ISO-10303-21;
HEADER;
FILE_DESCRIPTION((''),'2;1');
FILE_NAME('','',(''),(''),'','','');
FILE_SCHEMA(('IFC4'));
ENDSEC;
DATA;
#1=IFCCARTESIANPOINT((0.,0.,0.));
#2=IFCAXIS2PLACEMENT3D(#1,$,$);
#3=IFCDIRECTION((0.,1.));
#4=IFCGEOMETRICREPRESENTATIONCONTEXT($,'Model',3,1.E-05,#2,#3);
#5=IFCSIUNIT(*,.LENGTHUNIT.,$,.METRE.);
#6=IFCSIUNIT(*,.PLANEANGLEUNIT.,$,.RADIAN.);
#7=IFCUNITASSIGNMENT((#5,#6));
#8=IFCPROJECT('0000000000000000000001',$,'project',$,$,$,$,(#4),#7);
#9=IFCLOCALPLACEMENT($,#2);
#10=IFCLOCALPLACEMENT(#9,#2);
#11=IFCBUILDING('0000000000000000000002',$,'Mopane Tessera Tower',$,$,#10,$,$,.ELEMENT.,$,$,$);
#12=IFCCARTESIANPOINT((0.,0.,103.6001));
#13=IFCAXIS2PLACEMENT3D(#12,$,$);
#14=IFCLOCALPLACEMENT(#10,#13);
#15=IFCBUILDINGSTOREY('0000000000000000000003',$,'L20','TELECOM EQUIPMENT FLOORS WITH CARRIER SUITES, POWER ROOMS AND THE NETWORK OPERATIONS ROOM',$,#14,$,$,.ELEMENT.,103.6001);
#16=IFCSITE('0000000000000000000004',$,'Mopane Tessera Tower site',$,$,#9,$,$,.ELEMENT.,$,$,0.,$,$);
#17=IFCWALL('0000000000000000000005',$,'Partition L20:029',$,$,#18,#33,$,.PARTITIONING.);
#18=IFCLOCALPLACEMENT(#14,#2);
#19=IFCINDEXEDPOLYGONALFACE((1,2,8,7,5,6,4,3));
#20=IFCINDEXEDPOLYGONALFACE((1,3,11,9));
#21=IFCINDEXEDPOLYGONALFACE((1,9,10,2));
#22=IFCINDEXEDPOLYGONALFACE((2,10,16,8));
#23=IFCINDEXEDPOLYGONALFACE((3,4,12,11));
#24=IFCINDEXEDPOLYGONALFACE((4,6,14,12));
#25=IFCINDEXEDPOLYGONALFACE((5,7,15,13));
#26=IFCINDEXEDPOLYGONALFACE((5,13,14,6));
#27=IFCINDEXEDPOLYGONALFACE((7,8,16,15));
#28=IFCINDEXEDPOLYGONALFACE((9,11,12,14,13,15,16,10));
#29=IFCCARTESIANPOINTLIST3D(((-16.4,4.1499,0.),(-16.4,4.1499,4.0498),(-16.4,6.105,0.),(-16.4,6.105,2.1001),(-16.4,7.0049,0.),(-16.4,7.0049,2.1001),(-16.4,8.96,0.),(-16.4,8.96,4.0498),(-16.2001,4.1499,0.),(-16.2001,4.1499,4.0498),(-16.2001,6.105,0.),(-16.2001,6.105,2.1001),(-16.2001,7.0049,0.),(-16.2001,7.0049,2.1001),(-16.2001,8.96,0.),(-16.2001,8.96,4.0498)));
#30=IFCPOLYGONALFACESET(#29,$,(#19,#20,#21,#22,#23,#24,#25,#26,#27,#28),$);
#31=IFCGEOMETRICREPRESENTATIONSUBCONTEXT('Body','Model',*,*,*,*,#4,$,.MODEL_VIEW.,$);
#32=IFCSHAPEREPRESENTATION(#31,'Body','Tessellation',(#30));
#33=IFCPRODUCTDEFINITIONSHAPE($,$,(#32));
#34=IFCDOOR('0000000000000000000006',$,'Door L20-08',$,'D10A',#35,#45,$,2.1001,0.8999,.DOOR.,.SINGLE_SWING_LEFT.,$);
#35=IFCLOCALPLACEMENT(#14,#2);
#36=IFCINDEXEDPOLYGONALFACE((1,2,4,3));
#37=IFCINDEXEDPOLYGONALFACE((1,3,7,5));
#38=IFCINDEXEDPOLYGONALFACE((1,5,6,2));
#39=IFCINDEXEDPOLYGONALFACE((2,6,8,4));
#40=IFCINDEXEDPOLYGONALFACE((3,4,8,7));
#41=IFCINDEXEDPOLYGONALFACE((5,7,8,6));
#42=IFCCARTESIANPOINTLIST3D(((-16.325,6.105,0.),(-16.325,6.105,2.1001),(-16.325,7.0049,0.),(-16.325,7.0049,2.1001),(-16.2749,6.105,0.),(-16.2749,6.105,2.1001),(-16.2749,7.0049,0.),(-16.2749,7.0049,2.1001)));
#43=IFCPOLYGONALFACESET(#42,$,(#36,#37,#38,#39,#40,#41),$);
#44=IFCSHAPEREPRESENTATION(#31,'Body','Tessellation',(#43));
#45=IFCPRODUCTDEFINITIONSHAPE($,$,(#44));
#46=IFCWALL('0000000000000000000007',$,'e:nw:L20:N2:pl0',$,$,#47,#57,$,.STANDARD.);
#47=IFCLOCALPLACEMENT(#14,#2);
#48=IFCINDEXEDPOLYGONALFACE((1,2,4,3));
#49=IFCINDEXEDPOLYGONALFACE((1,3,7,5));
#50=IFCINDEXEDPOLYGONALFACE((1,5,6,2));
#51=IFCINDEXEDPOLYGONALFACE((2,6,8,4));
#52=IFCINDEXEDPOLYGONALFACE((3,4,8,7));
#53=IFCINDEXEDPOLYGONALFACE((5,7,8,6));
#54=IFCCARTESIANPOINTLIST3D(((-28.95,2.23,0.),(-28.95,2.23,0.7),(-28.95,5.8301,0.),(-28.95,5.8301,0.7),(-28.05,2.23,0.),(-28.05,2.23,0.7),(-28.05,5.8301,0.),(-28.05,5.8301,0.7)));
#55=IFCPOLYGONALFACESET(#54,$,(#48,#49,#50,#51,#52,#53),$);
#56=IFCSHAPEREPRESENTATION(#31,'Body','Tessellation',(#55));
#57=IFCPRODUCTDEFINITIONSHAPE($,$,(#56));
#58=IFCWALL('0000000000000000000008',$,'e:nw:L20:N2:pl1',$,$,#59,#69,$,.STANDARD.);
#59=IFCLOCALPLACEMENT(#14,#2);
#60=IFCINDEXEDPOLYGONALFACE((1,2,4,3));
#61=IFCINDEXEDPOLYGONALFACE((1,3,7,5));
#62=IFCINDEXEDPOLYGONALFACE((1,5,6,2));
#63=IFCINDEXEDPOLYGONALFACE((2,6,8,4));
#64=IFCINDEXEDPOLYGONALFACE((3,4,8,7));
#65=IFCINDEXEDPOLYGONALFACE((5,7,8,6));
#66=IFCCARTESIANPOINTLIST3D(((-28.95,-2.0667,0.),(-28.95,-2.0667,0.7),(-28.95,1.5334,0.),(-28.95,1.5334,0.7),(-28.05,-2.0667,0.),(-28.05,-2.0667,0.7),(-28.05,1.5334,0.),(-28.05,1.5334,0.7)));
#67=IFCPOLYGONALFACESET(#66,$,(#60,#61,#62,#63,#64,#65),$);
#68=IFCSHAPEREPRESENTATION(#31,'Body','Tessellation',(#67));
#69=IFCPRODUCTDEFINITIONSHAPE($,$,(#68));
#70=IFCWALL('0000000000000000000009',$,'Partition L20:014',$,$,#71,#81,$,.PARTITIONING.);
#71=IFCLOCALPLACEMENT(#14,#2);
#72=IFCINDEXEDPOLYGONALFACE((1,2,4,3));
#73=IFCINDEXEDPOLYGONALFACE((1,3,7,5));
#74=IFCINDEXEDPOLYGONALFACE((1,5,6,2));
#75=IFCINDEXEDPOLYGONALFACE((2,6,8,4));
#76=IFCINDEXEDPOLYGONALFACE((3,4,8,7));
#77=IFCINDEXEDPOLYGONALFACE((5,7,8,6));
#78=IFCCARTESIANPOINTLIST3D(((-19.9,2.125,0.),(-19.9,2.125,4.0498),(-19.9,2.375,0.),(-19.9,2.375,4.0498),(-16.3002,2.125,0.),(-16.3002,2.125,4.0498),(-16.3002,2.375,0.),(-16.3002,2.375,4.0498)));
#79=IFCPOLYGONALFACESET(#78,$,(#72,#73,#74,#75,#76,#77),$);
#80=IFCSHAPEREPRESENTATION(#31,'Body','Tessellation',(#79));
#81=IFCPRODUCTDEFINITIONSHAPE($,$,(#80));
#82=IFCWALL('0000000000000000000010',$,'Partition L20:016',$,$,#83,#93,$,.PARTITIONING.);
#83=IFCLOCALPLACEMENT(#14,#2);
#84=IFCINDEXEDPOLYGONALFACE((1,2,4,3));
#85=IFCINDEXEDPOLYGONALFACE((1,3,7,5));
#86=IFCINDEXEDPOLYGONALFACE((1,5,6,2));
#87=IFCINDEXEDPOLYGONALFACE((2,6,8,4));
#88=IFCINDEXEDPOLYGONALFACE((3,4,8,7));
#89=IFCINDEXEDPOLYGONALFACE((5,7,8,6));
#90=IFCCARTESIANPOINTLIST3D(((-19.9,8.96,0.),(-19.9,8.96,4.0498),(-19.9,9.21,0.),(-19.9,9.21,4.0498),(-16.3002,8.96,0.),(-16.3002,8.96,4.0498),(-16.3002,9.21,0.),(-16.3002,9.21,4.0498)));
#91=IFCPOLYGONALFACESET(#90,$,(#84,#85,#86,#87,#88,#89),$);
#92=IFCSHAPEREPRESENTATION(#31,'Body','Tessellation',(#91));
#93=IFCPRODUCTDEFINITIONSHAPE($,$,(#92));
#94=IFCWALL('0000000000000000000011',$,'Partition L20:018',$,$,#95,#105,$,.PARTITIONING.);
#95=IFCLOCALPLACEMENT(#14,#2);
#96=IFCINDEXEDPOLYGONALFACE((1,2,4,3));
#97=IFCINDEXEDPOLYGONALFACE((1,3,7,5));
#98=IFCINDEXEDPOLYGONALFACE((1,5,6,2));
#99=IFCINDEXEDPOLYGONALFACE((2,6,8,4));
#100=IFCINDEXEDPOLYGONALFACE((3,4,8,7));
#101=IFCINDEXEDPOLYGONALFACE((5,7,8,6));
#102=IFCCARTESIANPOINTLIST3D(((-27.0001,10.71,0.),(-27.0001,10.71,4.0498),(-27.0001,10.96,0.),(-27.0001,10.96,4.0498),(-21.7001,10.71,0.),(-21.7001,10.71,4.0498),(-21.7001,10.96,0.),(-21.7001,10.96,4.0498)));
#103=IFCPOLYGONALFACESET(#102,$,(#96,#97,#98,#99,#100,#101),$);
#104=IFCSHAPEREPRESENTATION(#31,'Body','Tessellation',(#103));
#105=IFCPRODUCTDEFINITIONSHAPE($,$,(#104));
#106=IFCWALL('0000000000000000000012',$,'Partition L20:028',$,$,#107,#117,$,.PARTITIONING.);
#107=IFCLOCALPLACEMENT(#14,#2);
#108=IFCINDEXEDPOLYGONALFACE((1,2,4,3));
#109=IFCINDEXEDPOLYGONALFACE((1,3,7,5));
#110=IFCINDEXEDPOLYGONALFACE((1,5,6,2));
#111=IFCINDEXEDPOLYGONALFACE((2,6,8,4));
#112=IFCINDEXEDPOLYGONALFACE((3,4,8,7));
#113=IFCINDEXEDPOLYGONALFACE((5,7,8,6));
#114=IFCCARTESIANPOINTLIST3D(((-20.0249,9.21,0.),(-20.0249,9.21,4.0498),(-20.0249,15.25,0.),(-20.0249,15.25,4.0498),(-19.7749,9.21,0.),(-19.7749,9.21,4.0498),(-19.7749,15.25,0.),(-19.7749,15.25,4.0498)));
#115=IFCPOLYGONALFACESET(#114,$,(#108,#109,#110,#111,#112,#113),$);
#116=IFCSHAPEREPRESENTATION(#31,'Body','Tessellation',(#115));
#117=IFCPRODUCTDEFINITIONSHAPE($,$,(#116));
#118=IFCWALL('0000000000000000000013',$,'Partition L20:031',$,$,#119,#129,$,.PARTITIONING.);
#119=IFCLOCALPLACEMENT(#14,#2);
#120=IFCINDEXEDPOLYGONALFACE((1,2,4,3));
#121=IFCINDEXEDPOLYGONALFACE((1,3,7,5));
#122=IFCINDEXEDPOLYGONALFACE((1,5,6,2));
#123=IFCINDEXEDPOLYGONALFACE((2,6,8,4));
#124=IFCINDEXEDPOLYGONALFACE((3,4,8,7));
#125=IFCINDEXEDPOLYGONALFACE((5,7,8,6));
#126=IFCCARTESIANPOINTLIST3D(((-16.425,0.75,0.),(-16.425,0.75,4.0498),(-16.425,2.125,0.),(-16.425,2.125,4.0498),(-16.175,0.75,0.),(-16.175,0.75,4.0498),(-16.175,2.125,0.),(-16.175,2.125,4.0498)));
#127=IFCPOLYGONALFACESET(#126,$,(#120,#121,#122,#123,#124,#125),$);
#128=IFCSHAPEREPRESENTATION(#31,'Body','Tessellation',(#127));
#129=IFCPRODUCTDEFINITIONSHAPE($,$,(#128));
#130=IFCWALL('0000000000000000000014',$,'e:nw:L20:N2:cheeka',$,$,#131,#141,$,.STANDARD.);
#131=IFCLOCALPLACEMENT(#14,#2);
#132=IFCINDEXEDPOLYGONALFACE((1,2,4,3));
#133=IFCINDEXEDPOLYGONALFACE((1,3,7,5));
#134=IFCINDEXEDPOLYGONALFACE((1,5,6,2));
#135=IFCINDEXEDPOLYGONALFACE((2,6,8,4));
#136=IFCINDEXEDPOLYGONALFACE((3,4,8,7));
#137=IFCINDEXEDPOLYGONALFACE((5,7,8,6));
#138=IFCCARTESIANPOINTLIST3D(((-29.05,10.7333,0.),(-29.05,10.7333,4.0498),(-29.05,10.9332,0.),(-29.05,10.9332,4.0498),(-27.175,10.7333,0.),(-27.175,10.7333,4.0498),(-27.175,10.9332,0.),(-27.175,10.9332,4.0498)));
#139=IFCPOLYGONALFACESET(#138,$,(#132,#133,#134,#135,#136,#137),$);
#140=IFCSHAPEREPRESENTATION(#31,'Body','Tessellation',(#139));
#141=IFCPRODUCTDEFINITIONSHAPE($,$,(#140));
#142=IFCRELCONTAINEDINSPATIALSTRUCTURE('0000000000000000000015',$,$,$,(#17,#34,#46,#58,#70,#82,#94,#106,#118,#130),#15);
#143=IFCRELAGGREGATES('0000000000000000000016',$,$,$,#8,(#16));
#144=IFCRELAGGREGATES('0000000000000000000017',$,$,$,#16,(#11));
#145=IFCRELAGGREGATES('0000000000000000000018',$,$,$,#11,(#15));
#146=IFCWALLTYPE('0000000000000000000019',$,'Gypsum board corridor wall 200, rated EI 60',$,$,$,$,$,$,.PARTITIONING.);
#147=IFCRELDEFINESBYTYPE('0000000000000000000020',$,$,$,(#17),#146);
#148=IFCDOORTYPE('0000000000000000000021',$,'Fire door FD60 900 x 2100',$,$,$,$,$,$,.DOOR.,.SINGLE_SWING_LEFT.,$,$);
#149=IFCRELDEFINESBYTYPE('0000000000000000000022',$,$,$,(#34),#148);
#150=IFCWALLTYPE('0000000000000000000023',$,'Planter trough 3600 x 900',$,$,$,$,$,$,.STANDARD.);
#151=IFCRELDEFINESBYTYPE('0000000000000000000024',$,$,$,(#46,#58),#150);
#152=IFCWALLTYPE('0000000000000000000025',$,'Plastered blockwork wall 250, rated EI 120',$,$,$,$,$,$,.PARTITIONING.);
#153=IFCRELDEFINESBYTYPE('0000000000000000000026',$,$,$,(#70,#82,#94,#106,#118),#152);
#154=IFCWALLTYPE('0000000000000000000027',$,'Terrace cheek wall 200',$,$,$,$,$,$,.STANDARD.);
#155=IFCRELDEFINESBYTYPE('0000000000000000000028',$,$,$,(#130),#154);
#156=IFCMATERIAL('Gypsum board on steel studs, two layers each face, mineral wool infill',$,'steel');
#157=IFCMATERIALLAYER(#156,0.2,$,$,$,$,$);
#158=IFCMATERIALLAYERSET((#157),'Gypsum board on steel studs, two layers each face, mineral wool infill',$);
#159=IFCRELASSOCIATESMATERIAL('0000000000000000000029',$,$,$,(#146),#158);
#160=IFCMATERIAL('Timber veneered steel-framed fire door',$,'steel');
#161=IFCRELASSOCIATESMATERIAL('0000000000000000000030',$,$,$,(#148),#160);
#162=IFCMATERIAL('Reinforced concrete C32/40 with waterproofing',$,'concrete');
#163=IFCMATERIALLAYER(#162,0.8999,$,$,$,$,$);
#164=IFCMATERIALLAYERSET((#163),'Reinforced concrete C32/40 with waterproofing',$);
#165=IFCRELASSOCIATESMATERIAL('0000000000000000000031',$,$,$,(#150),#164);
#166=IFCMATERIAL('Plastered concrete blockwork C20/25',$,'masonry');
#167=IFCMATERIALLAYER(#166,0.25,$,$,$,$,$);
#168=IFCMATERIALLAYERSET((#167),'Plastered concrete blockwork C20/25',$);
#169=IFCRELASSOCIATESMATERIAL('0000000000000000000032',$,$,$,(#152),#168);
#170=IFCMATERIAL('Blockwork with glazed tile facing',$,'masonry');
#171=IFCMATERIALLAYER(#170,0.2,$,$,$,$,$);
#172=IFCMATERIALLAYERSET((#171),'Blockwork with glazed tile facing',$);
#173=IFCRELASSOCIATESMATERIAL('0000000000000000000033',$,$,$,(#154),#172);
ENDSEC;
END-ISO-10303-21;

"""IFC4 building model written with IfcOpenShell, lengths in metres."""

from ifc_helpers import new_model, si_unit, direction, frame, frame_2d, origin, place, context, subcontext, project, spatial, rectangle, extrude, material, layer, layer_set, type_object, element, fill, save


model = new_model("IFC4")

# Units and contexts
model_context = context("Model", 3, precision=1e-05, world=origin(), true_north=direction((0.0, 1.0)))
body_context = subcontext(model_context, "Body", "Model", "MODEL_VIEW")
ifc_project = project(units=[si_unit("LENGTHUNIT", "METRE"), si_unit("PLANEANGLEUNIT", "RADIAN")], contexts=[model_context])

# Site, building, storey
site_placement = place(None, origin())
site = spatial("IfcSite", under=ifc_project, at=site_placement, Name="Mopane Tessera Tower site", CompositionType="ELEMENT", RefElevation=0.0)
building_placement = place(site_placement, origin())
building = spatial("IfcBuilding", under=site, at=building_placement, Name="Mopane Tessera Tower", CompositionType="ELEMENT")
storey_placement = place(building_placement, frame((0.0, 0.0, 103.6001)))
storey = spatial("IfcBuildingStorey", under=building, at=storey_placement, Name="L20", Description="TELECOM EQUIPMENT FLOORS WITH CARRIER SUITES, POWER ROOMS AND THE NETWORK OPERATIONS ROOM", CompositionType="ELEMENT", Elevation=103.6001)

# Shared definitions
ifc_material_1 = material(Name="Gypsum board on steel studs, two layers each face, mineral wool infill", Category="steel")
ifc_layer_1 = layer(ifc_material_1, 0.2)
ifc_layer_set_1 = layer_set([ifc_layer_1], Name="Gypsum board on steel studs, two layers each face, mineral wool infill")
wall_type_1 = type_object("IfcWallType", Name="Gypsum board corridor wall 200, rated EI 60", PredefinedType="PARTITIONING", material=ifc_layer_set_1)

# Wall, opening, door
wall_1_placement = place(storey_placement, frame((-16.3, 4.1499, 0.0), z_axis=(0.0, 0.0, 1.0), x_axis=(0.0, 1.0, 0.0)))
wall_1 = element("IfcWall", 1, at=wall_1_placement, inside=storey, type_object=wall_type_1, Name="Partition L20:029", PredefinedType="PARTITIONING", context=body_context, shape_type="SweptSolid", body=[
    extrude(rectangle(XDim=4.8101, YDim=0.2, at=frame_2d((2.405, 0.0))), origin(), (0.0, 0.0, 1.0), 4.0498),
])
opening_placement = place(wall_1_placement, frame((1.9551, 0.0, 0.0)))
opening = element("IfcOpeningElement", 2, at=opening_placement, cuts=wall_1, PredefinedType="OPENING", context=body_context, shape_type="SweptSolid", body=[
    extrude(rectangle(XDim=0.8999, YDim=2.1001, at=frame_2d((0.45, 1.05))), frame((0.0, 0.1121, 0.0), z_axis=(0.0, -1.0, 0.0), x_axis=(1.0, 0.0, 0.0)), (0.0, 0.0, 1.0), 0.2239),
])
ifc_material_2 = material(Name="Timber veneered steel-framed fire door", Category="steel")
door_type = type_object("IfcDoorType", Name="Fire door FD60 900 x 2100", OperationType="SINGLE_SWING_LEFT", PredefinedType="DOOR", material=ifc_material_2)
door_placement = place(opening_placement, origin())
door = element("IfcDoor", 3, at=door_placement, inside=storey, type_object=door_type, Name="Door L20-08", ObjectType="D10A", OperationType="SINGLE_SWING_LEFT", OverallHeight=2.1001, OverallWidth=0.8999, PredefinedType="DOOR", context=body_context, shape_type="SweptSolid", body=[
    extrude(rectangle(XDim=0.8999, YDim=2.1001, at=frame_2d((0.45, 1.05))), frame((0.0, 0.0249, 0.0), z_axis=(0.0, -1.0, 0.0), x_axis=(1.0, 0.0, 0.0)), (0.0, 0.0, 1.0), 0.05),
])
fill(opening, door)

# Walls
ifc_material_3 = material(Name="Reinforced concrete C32/40 with waterproofing", Category="concrete")
ifc_layer_2 = layer(ifc_material_3, 0.8999)
ifc_layer_set_2 = layer_set([ifc_layer_2], Name="Reinforced concrete C32/40 with waterproofing")
wall_type_2 = type_object("IfcWallType", Name="Planter trough 3600 x 900", PredefinedType="STANDARD", material=ifc_layer_set_2)
for number, where, z_axis, x_axis, name in (
    (4, (-28.5, 5.8301, 0.0), (0.0, 0.0, 1.0), (0.0, -1.0, 0.0), "e:nw:L20:N2:pl0"),
    (5, (-28.5, 1.5334, 0.0), (0.0, 0.0, 1.0), (0.0, -1.0, 0.0), "e:nw:L20:N2:pl1"),
):
    element("IfcWall", number, at=place(storey_placement, frame(where, z_axis=z_axis, x_axis=x_axis)), inside=storey, type_object=wall_type_2, Name=name, PredefinedType="STANDARD", context=body_context, shape_type="SweptSolid", body=[
        extrude(rectangle(XDim=3.6001, YDim=0.8999, at=frame_2d((1.8, 0.0))), origin(), (0.0, 0.0, 1.0), 0.7),
    ])
ifc_material_4 = material(Name="Plastered concrete blockwork C20/25", Category="masonry")
ifc_layer_3 = layer(ifc_material_4, 0.25)
ifc_layer_set_3 = layer_set([ifc_layer_3], Name="Plastered concrete blockwork C20/25")
wall_type_3 = type_object("IfcWallType", Name="Plastered blockwork wall 250, rated EI 120", PredefinedType="PARTITIONING", material=ifc_layer_set_3)
for number, where, z_axis, x_axis, name in (
    (6, (-19.8999, 2.25, 0.0), (0.0, 0.0, 1.0), (1.0, 0.0, 0.0), "Partition L20:014"),
    (7, (-19.8999, 9.085, 0.0), (0.0, 0.0, 1.0), (1.0, 0.0, 0.0), "Partition L20:016"),
):
    element("IfcWall", number, at=place(storey_placement, frame(where, z_axis=z_axis, x_axis=x_axis)), inside=storey, type_object=wall_type_3, Name=name, PredefinedType="PARTITIONING", context=body_context, shape_type="SweptSolid", body=[
        extrude(rectangle(XDim=3.5999, YDim=0.25, at=frame_2d((1.7998, 0.0))), origin(), (0.0, 0.0, 1.0), 4.0498),
    ])
wall_2_placement = place(storey_placement, frame((-27.0, 10.835, 0.0), z_axis=(0.0, 0.0, 1.0), x_axis=(1.0, 0.0, 0.0)))
element("IfcWall", 8, at=wall_2_placement, inside=storey, type_object=wall_type_3, Name="Partition L20:018", PredefinedType="PARTITIONING", context=body_context, shape_type="SweptSolid", body=[
    extrude(rectangle(XDim=5.3, YDim=0.25, at=frame_2d((2.6499, 0.0))), origin(), (0.0, 0.0, 1.0), 4.0498),
])
wall_3_placement = place(storey_placement, frame((-19.8999, 9.21, 0.0), z_axis=(0.0, 0.0, 1.0), x_axis=(0.0, 1.0, 0.0)))
element("IfcWall", 9, at=wall_3_placement, inside=storey, type_object=wall_type_3, Name="Partition L20:028", PredefinedType="PARTITIONING", context=body_context, shape_type="SweptSolid", body=[
    extrude(rectangle(XDim=6.04, YDim=0.25, at=frame_2d((3.02, 0.0))), origin(), (0.0, 0.0, 1.0), 4.0498),
])
wall_4_placement = place(storey_placement, frame((-16.3, 0.75, 0.0), z_axis=(0.0, 0.0, 1.0), x_axis=(0.0, 1.0, 0.0)))
element("IfcWall", 10, at=wall_4_placement, inside=storey, type_object=wall_type_3, Name="Partition L20:031", PredefinedType="PARTITIONING", context=body_context, shape_type="SweptSolid", body=[
    extrude(rectangle(XDim=1.375, YDim=0.25, at=frame_2d((0.6875, 0.0))), origin(), (0.0, 0.0, 1.0), 4.0498),
])
ifc_material_5 = material(Name="Blockwork with glazed tile facing", Category="masonry")
ifc_layer_4 = layer(ifc_material_5, 0.2)
ifc_layer_set_4 = layer_set([ifc_layer_4], Name="Blockwork with glazed tile facing")
wall_type_4 = type_object("IfcWallType", Name="Terrace cheek wall 200", PredefinedType="STANDARD", material=ifc_layer_set_4)
wall_5_placement = place(storey_placement, frame((-29.05, 10.8333, 0.0), z_axis=(0.0, 0.0, 1.0), x_axis=(1.0, 0.0, 0.0)))
element("IfcWall", 11, at=wall_5_placement, inside=storey, type_object=wall_type_4, Name="e:nw:L20:N2:cheeka", PredefinedType="STANDARD", context=body_context, shape_type="SweptSolid", body=[
    extrude(rectangle(XDim=1.875, YDim=0.2, at=frame_2d((0.9375, 0.0))), origin(), (0.0, 0.0, 1.0), 4.0498),
])

save(model, "model.ifc")
